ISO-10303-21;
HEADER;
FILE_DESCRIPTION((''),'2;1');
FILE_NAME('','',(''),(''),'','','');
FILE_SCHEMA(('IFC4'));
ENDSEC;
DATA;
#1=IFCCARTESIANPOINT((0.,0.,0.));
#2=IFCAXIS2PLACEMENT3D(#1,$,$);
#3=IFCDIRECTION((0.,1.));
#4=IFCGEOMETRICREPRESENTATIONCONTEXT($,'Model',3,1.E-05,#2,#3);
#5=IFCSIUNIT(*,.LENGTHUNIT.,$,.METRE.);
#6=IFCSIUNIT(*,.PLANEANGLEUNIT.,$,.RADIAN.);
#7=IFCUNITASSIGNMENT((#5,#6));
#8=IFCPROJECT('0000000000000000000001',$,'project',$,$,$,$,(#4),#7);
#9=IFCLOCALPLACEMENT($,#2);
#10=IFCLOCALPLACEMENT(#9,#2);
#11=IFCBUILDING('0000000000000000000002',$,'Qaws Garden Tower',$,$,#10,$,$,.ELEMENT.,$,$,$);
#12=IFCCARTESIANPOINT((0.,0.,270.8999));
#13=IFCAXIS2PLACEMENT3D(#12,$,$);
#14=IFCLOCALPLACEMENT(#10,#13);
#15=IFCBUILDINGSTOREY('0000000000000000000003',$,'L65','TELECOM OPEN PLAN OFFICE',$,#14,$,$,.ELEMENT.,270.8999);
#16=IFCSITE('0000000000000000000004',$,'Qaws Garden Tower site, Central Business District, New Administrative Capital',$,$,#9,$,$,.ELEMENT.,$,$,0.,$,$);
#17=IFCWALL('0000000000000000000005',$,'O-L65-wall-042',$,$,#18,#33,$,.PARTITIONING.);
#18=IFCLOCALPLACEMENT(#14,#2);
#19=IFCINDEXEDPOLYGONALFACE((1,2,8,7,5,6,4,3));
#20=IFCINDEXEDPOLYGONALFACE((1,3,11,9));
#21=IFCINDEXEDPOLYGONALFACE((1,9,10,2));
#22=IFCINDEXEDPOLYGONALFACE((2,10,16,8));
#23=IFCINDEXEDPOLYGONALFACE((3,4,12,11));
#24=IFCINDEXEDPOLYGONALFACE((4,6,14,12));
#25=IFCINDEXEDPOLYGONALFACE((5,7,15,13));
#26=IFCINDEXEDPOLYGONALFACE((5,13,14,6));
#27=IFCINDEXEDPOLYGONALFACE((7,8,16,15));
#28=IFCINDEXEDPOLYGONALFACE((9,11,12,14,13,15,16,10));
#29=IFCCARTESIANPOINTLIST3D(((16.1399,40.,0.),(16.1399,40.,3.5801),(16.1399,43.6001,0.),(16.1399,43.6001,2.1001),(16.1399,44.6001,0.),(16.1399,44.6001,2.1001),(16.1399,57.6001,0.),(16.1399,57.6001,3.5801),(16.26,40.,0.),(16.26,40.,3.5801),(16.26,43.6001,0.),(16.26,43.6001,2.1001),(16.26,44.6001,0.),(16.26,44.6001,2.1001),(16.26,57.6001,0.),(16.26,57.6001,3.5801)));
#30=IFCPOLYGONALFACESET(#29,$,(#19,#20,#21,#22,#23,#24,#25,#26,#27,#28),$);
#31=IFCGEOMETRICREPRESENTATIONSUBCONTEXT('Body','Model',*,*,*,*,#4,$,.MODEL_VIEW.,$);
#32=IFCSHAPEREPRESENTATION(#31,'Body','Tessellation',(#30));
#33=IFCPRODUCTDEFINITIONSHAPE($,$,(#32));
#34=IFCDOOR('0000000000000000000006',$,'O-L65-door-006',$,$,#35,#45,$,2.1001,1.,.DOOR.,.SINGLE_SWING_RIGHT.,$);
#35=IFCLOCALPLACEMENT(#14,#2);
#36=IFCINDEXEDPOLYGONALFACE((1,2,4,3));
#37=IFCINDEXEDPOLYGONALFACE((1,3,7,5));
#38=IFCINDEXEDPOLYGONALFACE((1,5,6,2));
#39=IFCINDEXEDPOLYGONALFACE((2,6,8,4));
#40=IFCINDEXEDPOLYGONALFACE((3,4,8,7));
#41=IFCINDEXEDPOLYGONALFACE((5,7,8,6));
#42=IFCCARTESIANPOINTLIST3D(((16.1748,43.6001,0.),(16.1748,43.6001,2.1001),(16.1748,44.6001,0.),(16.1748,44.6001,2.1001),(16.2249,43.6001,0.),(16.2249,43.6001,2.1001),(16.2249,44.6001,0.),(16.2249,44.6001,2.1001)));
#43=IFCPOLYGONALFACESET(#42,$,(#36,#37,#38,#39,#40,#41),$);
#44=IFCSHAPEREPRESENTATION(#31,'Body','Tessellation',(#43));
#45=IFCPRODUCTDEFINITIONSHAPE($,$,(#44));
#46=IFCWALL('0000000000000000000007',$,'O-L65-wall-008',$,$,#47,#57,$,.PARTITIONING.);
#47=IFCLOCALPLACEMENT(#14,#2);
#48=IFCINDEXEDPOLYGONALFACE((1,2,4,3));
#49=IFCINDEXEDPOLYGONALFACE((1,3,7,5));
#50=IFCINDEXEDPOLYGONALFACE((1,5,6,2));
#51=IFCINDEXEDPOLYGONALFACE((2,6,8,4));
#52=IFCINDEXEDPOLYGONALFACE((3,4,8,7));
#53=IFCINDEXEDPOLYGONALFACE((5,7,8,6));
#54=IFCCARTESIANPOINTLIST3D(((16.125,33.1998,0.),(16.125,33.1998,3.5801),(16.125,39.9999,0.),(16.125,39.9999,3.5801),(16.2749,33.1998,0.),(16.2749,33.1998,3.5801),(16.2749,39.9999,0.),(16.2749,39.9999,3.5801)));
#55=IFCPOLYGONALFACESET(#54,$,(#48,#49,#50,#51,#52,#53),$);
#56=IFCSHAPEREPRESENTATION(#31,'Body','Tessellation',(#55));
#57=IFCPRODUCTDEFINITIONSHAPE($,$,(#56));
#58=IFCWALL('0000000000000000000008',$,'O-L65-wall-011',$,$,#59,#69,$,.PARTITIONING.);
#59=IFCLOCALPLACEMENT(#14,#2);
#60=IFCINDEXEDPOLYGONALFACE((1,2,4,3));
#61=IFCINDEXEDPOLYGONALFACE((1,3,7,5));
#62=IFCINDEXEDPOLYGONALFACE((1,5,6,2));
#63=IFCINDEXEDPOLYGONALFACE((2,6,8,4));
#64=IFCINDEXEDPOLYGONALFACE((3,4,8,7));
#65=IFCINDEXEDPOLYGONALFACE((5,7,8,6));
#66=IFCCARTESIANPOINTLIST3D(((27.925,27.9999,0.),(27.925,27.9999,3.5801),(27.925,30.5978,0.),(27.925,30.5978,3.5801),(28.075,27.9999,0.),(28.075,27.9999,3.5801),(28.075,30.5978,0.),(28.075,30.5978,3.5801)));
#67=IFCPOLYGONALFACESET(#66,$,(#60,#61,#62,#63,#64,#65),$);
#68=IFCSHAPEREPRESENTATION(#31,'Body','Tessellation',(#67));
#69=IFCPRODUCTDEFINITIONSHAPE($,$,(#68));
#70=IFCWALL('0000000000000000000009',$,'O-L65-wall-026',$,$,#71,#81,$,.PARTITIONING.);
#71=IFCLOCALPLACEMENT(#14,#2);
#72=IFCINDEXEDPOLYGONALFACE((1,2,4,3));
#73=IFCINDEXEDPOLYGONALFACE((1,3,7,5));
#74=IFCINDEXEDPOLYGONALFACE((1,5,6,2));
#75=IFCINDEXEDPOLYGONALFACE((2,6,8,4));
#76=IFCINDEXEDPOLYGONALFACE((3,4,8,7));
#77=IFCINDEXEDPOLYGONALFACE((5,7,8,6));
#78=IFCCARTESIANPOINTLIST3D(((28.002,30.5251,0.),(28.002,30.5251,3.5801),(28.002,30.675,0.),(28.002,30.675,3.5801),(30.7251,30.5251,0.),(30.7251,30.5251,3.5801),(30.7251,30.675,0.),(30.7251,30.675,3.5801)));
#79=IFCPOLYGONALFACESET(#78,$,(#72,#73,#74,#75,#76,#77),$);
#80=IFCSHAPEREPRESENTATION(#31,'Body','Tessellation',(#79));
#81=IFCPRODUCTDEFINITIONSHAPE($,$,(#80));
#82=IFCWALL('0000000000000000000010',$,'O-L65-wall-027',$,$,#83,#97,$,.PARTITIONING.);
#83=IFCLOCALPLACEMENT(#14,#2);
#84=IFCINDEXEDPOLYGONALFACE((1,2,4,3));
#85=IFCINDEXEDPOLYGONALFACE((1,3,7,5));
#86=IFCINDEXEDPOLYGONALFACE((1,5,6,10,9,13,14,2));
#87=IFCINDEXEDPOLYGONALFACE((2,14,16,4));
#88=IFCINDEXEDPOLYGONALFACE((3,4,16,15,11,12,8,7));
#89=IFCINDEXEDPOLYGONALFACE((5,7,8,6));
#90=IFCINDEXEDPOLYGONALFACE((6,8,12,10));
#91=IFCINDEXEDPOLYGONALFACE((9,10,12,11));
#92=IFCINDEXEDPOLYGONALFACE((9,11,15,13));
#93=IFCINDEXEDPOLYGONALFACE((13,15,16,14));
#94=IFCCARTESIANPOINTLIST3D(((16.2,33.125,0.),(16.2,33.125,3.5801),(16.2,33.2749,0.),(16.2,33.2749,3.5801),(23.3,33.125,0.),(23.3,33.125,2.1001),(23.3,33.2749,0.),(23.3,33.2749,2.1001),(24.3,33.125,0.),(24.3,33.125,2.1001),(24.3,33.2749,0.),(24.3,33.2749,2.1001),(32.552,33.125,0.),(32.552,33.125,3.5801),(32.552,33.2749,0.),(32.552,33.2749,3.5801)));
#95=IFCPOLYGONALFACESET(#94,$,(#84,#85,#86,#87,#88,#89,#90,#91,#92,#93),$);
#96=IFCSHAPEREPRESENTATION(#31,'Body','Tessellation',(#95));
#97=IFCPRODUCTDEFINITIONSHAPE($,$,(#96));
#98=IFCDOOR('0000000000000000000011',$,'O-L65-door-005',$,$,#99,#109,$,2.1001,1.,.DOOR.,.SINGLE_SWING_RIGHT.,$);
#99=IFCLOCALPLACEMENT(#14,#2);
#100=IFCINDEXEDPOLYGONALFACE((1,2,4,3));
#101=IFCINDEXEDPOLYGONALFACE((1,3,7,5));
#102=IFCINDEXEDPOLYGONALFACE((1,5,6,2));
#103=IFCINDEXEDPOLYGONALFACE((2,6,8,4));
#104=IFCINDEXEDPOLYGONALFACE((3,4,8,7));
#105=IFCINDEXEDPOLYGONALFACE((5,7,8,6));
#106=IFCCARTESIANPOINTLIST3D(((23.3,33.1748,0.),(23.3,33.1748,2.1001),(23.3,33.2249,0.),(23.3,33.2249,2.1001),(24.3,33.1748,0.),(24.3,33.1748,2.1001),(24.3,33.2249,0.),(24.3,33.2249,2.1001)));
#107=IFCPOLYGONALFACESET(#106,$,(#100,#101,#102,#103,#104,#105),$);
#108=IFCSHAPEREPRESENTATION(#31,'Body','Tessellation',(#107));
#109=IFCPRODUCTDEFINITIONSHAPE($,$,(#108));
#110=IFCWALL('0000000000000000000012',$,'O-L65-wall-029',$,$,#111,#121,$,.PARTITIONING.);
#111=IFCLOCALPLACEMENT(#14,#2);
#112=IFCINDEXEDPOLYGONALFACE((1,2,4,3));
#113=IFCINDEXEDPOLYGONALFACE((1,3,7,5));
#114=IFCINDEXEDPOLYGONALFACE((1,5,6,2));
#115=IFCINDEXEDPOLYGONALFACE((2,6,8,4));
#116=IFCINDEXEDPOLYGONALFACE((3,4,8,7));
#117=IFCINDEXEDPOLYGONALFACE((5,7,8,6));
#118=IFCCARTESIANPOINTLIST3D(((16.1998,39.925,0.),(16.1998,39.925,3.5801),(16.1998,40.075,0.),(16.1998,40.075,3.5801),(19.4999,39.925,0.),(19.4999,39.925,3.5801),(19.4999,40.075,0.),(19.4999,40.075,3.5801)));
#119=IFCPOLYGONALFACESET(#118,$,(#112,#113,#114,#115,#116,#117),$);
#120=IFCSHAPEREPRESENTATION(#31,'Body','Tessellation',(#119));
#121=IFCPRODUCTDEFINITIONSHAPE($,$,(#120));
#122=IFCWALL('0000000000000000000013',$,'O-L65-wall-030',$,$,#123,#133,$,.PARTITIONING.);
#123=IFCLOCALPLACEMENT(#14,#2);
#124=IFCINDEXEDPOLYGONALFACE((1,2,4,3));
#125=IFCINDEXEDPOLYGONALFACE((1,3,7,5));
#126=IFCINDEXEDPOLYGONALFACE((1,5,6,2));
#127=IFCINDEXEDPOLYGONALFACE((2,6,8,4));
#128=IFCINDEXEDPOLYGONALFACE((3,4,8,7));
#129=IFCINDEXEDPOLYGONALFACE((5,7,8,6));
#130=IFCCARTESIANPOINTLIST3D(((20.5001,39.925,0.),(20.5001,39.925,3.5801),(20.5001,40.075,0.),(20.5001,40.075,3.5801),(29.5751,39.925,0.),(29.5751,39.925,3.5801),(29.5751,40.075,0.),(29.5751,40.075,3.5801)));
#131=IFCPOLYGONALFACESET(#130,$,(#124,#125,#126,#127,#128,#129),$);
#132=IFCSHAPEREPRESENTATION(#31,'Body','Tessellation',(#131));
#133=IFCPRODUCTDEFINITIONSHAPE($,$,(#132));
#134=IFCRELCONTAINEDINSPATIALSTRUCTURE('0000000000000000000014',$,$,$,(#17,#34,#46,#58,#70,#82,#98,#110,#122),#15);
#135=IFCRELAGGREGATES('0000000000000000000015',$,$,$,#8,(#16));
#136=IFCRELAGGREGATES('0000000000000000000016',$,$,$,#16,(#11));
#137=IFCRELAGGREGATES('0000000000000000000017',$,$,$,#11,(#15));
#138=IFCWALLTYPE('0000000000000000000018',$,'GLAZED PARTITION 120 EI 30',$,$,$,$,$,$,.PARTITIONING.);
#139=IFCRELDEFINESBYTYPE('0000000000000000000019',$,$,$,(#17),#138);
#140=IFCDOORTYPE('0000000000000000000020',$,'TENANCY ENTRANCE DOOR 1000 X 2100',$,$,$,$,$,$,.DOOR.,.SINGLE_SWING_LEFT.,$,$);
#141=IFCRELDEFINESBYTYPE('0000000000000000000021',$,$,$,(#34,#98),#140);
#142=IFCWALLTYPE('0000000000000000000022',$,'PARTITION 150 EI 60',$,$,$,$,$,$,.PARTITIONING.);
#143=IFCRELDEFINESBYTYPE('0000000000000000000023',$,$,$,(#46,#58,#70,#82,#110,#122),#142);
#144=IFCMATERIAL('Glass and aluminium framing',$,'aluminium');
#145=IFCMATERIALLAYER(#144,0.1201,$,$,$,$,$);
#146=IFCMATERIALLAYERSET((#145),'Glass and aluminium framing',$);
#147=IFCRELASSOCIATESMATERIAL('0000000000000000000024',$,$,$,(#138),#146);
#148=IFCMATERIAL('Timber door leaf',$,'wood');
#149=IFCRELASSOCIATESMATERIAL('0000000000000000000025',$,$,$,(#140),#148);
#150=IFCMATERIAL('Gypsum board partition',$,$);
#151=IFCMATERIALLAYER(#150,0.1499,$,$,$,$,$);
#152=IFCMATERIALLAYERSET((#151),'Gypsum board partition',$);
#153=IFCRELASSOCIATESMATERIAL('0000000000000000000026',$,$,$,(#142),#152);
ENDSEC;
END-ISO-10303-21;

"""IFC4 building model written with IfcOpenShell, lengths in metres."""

from ifc_helpers import new_model, si_unit, direction, frame, frame_2d, origin, place, context, subcontext, project, spatial, rectangle, extrude, material, layer, layer_set, type_object, element, fill, save


model = new_model("IFC4")

# Units and contexts
model_context = context("Model", 3, precision=1e-05, world=origin(), true_north=direction((0.0, 1.0)))
body_context = subcontext(model_context, "Body", "Model", "MODEL_VIEW")
ifc_project = project(units=[si_unit("LENGTHUNIT", "METRE"), si_unit("PLANEANGLEUNIT", "RADIAN")], contexts=[model_context])

# Site, building, storey
site_placement = place(None, origin())
site = spatial("IfcSite", under=ifc_project, at=site_placement, Name="Qaws Garden Tower site, Central Business District, New Administrative Capital", CompositionType="ELEMENT", RefElevation=0.0)
building_placement = place(site_placement, origin())
building = spatial("IfcBuilding", under=site, at=building_placement, Name="Qaws Garden Tower", CompositionType="ELEMENT")
storey_placement = place(building_placement, frame((0.0, 0.0, 270.8999)))
storey = spatial("IfcBuildingStorey", under=building, at=storey_placement, Name="L65", Description="TELECOM OPEN PLAN OFFICE", CompositionType="ELEMENT", Elevation=270.8999)

# Wall, opening, door
ifc_material_1 = material(Name="Glass and aluminium framing", Category="aluminium")
ifc_layer_1 = layer(ifc_material_1, 0.1201)
ifc_layer_set_1 = layer_set([ifc_layer_1], Name="Glass and aluminium framing")
wall_type_1 = type_object("IfcWallType", Name="GLAZED PARTITION 120 EI 30", PredefinedType="PARTITIONING", material=ifc_layer_set_1)
wall_1_placement = place(storey_placement, frame((16.2, 40.0, 0.0), z_axis=(0.0, 0.0, 1.0), x_axis=(0.0, 1.0, 0.0)))
wall_1 = element("IfcWall", 1, at=wall_1_placement, inside=storey, type_object=wall_type_1, Name="O-L65-wall-042", PredefinedType="PARTITIONING", context=body_context, shape_type="SweptSolid", body=[
    extrude(rectangle(XDim=17.6001, YDim=0.1201, at=frame_2d((8.8, 0.0))), origin(), (0.0, 0.0, 1.0), 3.5801),
])
opening_1_placement = place(wall_1_placement, frame((3.6001, 0.0, 0.0)))
opening_1 = element("IfcOpeningElement", 2, at=opening_1_placement, cuts=wall_1, PredefinedType="OPENING", context=body_context, shape_type="SweptSolid", body=[
    extrude(rectangle(XDim=1.0, YDim=2.1001, at=frame_2d((0.5, 1.05))), frame((0.0, 0.0701, 0.0), z_axis=(0.0, -1.0, 0.0), x_axis=(1.0, 0.0, 0.0)), (0.0, 0.0, 1.0), 0.1401),
])
ifc_material_2 = material(Name="Timber door leaf", Category="wood")
door_type_1 = type_object("IfcDoorType", Name="TENANCY ENTRANCE DOOR 1000 X 2100", OperationType="SINGLE_SWING_LEFT", PredefinedType="DOOR", material=ifc_material_2)
door_1_placement = place(opening_1_placement, frame((1.0, 0.0, 0.0), z_axis=(0.0, 0.0, 1.0), x_axis=(-1.0, 0.0, 0.0)))
door_1 = element("IfcDoor", 3, at=door_1_placement, inside=storey, type_object=door_type_1, Name="O-L65-door-006", OperationType="SINGLE_SWING_RIGHT", OverallHeight=2.1001, OverallWidth=1.0, PredefinedType="DOOR", context=body_context, shape_type="SweptSolid", body=[
    extrude(rectangle(XDim=1.0, YDim=2.1001, at=frame_2d((0.5, 1.05))), frame((0.0, 0.0249, 0.0), z_axis=(0.0, -1.0, 0.0), x_axis=(1.0, 0.0, 0.0)), (0.0, 0.0, 1.0), 0.05),
])
fill(opening_1, door_1)

# Walls
ifc_material_3 = material(Name="Gypsum board partition")
ifc_layer_2 = layer(ifc_material_3, 0.1499)
ifc_layer_set_2 = layer_set([ifc_layer_2], Name="Gypsum board partition")
wall_type_2 = type_object("IfcWallType", Name="PARTITION 150 EI 60", PredefinedType="PARTITIONING", material=ifc_layer_set_2)
wall_2_placement = place(storey_placement, frame((16.2, 33.2, 0.0), z_axis=(0.0, 0.0, 1.0), x_axis=(0.0, 1.0, 0.0)))
element("IfcWall", 4, at=wall_2_placement, inside=storey, type_object=wall_type_2, Name="O-L65-wall-008", PredefinedType="PARTITIONING", context=body_context, shape_type="SweptSolid", body=[
    extrude(rectangle(XDim=6.8, YDim=0.1499, at=frame_2d((3.3999, 0.0))), origin(), (0.0, 0.0, 1.0), 3.5801),
])
wall_3_placement = place(storey_placement, frame((28.0, 28.0, 0.0), z_axis=(0.0, 0.0, 1.0), x_axis=(0.0, 1.0, 0.0)))
element("IfcWall", 5, at=wall_3_placement, inside=storey, type_object=wall_type_2, Name="O-L65-wall-011", PredefinedType="PARTITIONING", context=body_context, shape_type="SweptSolid", body=[
    extrude(rectangle(XDim=2.5979, YDim=0.1499, at=frame_2d((1.2988, 0.0))), origin(), (0.0, 0.0, 1.0), 3.5801),
])
wall_4_placement = place(storey_placement, frame((28.002, 30.6001, 0.0), z_axis=(0.0, 0.0, 1.0), x_axis=(1.0, 0.0, 0.0)))
element("IfcWall", 6, at=wall_4_placement, inside=storey, type_object=wall_type_2, Name="O-L65-wall-026", PredefinedType="PARTITIONING", context=body_context, shape_type="SweptSolid", body=[
    extrude(rectangle(XDim=2.7231, YDim=0.1499, at=frame_2d((1.3616, 0.0))), origin(), (0.0, 0.0, 1.0), 3.5801),
])

# Wall, opening, door
wall_5_placement = place(storey_placement, frame((16.2, 33.2, 0.0), z_axis=(0.0, 0.0, 1.0), x_axis=(1.0, 0.0, 0.0)))
wall_5 = element("IfcWall", 7, at=wall_5_placement, inside=storey, type_object=wall_type_2, Name="O-L65-wall-027", PredefinedType="PARTITIONING", context=body_context, shape_type="SweptSolid", body=[
    extrude(rectangle(XDim=16.3521, YDim=0.1499, at=frame_2d((8.176, 0.0))), origin(), (0.0, 0.0, 1.0), 3.5801),
])
opening_2_placement = place(wall_5_placement, frame((7.1001, 0.0, 0.0)))
opening_2 = element("IfcOpeningElement", 8, at=opening_2_placement, cuts=wall_5, PredefinedType="OPENING", context=body_context, shape_type="SweptSolid", body=[
    extrude(rectangle(XDim=1.0, YDim=2.1001, at=frame_2d((0.5, 1.05))), frame((0.0, 0.085, 0.0), z_axis=(0.0, -1.0, 0.0), x_axis=(1.0, 0.0, 0.0)), (0.0, 0.0, 1.0), 0.1699),
])
door_2_placement = place(opening_2_placement, origin())
door_2 = element("IfcDoor", 9, at=door_2_placement, inside=storey, type_object=door_type_1, Name="O-L65-door-005", OperationType="SINGLE_SWING_RIGHT", OverallHeight=2.1001, OverallWidth=1.0, PredefinedType="DOOR", context=body_context, shape_type="SweptSolid", body=[
    extrude(rectangle(XDim=1.0, YDim=2.1001, at=frame_2d((0.5, 1.05))), frame((0.0, 0.0249, 0.0), z_axis=(0.0, -1.0, 0.0), x_axis=(1.0, 0.0, 0.0)), (0.0, 0.0, 1.0), 0.05),
])
fill(opening_2, door_2)

# Walls
wall_6_placement = place(storey_placement, frame((16.2, 40.0, 0.0), z_axis=(0.0, 0.0, 1.0), x_axis=(1.0, 0.0, 0.0)))
element("IfcWall", 10, at=wall_6_placement, inside=storey, type_object=wall_type_2, Name="O-L65-wall-029", PredefinedType="PARTITIONING", context=body_context, shape_type="SweptSolid", body=[
    extrude(rectangle(XDim=3.3, YDim=0.1499, at=frame_2d((1.6499, 0.0))), origin(), (0.0, 0.0, 1.0), 3.5801),
])
wall_7_placement = place(storey_placement, frame((20.5, 40.0, 0.0), z_axis=(0.0, 0.0, 1.0), x_axis=(1.0, 0.0, 0.0)))
element("IfcWall", 11, at=wall_7_placement, inside=storey, type_object=wall_type_2, Name="O-L65-wall-030", PredefinedType="PARTITIONING", context=body_context, shape_type="SweptSolid", body=[
    extrude(rectangle(XDim=9.075, YDim=0.1499, at=frame_2d((4.5376, 0.0))), origin(), (0.0, 0.0, 1.0), 3.5801),
])

save(model, "model.ifc")
